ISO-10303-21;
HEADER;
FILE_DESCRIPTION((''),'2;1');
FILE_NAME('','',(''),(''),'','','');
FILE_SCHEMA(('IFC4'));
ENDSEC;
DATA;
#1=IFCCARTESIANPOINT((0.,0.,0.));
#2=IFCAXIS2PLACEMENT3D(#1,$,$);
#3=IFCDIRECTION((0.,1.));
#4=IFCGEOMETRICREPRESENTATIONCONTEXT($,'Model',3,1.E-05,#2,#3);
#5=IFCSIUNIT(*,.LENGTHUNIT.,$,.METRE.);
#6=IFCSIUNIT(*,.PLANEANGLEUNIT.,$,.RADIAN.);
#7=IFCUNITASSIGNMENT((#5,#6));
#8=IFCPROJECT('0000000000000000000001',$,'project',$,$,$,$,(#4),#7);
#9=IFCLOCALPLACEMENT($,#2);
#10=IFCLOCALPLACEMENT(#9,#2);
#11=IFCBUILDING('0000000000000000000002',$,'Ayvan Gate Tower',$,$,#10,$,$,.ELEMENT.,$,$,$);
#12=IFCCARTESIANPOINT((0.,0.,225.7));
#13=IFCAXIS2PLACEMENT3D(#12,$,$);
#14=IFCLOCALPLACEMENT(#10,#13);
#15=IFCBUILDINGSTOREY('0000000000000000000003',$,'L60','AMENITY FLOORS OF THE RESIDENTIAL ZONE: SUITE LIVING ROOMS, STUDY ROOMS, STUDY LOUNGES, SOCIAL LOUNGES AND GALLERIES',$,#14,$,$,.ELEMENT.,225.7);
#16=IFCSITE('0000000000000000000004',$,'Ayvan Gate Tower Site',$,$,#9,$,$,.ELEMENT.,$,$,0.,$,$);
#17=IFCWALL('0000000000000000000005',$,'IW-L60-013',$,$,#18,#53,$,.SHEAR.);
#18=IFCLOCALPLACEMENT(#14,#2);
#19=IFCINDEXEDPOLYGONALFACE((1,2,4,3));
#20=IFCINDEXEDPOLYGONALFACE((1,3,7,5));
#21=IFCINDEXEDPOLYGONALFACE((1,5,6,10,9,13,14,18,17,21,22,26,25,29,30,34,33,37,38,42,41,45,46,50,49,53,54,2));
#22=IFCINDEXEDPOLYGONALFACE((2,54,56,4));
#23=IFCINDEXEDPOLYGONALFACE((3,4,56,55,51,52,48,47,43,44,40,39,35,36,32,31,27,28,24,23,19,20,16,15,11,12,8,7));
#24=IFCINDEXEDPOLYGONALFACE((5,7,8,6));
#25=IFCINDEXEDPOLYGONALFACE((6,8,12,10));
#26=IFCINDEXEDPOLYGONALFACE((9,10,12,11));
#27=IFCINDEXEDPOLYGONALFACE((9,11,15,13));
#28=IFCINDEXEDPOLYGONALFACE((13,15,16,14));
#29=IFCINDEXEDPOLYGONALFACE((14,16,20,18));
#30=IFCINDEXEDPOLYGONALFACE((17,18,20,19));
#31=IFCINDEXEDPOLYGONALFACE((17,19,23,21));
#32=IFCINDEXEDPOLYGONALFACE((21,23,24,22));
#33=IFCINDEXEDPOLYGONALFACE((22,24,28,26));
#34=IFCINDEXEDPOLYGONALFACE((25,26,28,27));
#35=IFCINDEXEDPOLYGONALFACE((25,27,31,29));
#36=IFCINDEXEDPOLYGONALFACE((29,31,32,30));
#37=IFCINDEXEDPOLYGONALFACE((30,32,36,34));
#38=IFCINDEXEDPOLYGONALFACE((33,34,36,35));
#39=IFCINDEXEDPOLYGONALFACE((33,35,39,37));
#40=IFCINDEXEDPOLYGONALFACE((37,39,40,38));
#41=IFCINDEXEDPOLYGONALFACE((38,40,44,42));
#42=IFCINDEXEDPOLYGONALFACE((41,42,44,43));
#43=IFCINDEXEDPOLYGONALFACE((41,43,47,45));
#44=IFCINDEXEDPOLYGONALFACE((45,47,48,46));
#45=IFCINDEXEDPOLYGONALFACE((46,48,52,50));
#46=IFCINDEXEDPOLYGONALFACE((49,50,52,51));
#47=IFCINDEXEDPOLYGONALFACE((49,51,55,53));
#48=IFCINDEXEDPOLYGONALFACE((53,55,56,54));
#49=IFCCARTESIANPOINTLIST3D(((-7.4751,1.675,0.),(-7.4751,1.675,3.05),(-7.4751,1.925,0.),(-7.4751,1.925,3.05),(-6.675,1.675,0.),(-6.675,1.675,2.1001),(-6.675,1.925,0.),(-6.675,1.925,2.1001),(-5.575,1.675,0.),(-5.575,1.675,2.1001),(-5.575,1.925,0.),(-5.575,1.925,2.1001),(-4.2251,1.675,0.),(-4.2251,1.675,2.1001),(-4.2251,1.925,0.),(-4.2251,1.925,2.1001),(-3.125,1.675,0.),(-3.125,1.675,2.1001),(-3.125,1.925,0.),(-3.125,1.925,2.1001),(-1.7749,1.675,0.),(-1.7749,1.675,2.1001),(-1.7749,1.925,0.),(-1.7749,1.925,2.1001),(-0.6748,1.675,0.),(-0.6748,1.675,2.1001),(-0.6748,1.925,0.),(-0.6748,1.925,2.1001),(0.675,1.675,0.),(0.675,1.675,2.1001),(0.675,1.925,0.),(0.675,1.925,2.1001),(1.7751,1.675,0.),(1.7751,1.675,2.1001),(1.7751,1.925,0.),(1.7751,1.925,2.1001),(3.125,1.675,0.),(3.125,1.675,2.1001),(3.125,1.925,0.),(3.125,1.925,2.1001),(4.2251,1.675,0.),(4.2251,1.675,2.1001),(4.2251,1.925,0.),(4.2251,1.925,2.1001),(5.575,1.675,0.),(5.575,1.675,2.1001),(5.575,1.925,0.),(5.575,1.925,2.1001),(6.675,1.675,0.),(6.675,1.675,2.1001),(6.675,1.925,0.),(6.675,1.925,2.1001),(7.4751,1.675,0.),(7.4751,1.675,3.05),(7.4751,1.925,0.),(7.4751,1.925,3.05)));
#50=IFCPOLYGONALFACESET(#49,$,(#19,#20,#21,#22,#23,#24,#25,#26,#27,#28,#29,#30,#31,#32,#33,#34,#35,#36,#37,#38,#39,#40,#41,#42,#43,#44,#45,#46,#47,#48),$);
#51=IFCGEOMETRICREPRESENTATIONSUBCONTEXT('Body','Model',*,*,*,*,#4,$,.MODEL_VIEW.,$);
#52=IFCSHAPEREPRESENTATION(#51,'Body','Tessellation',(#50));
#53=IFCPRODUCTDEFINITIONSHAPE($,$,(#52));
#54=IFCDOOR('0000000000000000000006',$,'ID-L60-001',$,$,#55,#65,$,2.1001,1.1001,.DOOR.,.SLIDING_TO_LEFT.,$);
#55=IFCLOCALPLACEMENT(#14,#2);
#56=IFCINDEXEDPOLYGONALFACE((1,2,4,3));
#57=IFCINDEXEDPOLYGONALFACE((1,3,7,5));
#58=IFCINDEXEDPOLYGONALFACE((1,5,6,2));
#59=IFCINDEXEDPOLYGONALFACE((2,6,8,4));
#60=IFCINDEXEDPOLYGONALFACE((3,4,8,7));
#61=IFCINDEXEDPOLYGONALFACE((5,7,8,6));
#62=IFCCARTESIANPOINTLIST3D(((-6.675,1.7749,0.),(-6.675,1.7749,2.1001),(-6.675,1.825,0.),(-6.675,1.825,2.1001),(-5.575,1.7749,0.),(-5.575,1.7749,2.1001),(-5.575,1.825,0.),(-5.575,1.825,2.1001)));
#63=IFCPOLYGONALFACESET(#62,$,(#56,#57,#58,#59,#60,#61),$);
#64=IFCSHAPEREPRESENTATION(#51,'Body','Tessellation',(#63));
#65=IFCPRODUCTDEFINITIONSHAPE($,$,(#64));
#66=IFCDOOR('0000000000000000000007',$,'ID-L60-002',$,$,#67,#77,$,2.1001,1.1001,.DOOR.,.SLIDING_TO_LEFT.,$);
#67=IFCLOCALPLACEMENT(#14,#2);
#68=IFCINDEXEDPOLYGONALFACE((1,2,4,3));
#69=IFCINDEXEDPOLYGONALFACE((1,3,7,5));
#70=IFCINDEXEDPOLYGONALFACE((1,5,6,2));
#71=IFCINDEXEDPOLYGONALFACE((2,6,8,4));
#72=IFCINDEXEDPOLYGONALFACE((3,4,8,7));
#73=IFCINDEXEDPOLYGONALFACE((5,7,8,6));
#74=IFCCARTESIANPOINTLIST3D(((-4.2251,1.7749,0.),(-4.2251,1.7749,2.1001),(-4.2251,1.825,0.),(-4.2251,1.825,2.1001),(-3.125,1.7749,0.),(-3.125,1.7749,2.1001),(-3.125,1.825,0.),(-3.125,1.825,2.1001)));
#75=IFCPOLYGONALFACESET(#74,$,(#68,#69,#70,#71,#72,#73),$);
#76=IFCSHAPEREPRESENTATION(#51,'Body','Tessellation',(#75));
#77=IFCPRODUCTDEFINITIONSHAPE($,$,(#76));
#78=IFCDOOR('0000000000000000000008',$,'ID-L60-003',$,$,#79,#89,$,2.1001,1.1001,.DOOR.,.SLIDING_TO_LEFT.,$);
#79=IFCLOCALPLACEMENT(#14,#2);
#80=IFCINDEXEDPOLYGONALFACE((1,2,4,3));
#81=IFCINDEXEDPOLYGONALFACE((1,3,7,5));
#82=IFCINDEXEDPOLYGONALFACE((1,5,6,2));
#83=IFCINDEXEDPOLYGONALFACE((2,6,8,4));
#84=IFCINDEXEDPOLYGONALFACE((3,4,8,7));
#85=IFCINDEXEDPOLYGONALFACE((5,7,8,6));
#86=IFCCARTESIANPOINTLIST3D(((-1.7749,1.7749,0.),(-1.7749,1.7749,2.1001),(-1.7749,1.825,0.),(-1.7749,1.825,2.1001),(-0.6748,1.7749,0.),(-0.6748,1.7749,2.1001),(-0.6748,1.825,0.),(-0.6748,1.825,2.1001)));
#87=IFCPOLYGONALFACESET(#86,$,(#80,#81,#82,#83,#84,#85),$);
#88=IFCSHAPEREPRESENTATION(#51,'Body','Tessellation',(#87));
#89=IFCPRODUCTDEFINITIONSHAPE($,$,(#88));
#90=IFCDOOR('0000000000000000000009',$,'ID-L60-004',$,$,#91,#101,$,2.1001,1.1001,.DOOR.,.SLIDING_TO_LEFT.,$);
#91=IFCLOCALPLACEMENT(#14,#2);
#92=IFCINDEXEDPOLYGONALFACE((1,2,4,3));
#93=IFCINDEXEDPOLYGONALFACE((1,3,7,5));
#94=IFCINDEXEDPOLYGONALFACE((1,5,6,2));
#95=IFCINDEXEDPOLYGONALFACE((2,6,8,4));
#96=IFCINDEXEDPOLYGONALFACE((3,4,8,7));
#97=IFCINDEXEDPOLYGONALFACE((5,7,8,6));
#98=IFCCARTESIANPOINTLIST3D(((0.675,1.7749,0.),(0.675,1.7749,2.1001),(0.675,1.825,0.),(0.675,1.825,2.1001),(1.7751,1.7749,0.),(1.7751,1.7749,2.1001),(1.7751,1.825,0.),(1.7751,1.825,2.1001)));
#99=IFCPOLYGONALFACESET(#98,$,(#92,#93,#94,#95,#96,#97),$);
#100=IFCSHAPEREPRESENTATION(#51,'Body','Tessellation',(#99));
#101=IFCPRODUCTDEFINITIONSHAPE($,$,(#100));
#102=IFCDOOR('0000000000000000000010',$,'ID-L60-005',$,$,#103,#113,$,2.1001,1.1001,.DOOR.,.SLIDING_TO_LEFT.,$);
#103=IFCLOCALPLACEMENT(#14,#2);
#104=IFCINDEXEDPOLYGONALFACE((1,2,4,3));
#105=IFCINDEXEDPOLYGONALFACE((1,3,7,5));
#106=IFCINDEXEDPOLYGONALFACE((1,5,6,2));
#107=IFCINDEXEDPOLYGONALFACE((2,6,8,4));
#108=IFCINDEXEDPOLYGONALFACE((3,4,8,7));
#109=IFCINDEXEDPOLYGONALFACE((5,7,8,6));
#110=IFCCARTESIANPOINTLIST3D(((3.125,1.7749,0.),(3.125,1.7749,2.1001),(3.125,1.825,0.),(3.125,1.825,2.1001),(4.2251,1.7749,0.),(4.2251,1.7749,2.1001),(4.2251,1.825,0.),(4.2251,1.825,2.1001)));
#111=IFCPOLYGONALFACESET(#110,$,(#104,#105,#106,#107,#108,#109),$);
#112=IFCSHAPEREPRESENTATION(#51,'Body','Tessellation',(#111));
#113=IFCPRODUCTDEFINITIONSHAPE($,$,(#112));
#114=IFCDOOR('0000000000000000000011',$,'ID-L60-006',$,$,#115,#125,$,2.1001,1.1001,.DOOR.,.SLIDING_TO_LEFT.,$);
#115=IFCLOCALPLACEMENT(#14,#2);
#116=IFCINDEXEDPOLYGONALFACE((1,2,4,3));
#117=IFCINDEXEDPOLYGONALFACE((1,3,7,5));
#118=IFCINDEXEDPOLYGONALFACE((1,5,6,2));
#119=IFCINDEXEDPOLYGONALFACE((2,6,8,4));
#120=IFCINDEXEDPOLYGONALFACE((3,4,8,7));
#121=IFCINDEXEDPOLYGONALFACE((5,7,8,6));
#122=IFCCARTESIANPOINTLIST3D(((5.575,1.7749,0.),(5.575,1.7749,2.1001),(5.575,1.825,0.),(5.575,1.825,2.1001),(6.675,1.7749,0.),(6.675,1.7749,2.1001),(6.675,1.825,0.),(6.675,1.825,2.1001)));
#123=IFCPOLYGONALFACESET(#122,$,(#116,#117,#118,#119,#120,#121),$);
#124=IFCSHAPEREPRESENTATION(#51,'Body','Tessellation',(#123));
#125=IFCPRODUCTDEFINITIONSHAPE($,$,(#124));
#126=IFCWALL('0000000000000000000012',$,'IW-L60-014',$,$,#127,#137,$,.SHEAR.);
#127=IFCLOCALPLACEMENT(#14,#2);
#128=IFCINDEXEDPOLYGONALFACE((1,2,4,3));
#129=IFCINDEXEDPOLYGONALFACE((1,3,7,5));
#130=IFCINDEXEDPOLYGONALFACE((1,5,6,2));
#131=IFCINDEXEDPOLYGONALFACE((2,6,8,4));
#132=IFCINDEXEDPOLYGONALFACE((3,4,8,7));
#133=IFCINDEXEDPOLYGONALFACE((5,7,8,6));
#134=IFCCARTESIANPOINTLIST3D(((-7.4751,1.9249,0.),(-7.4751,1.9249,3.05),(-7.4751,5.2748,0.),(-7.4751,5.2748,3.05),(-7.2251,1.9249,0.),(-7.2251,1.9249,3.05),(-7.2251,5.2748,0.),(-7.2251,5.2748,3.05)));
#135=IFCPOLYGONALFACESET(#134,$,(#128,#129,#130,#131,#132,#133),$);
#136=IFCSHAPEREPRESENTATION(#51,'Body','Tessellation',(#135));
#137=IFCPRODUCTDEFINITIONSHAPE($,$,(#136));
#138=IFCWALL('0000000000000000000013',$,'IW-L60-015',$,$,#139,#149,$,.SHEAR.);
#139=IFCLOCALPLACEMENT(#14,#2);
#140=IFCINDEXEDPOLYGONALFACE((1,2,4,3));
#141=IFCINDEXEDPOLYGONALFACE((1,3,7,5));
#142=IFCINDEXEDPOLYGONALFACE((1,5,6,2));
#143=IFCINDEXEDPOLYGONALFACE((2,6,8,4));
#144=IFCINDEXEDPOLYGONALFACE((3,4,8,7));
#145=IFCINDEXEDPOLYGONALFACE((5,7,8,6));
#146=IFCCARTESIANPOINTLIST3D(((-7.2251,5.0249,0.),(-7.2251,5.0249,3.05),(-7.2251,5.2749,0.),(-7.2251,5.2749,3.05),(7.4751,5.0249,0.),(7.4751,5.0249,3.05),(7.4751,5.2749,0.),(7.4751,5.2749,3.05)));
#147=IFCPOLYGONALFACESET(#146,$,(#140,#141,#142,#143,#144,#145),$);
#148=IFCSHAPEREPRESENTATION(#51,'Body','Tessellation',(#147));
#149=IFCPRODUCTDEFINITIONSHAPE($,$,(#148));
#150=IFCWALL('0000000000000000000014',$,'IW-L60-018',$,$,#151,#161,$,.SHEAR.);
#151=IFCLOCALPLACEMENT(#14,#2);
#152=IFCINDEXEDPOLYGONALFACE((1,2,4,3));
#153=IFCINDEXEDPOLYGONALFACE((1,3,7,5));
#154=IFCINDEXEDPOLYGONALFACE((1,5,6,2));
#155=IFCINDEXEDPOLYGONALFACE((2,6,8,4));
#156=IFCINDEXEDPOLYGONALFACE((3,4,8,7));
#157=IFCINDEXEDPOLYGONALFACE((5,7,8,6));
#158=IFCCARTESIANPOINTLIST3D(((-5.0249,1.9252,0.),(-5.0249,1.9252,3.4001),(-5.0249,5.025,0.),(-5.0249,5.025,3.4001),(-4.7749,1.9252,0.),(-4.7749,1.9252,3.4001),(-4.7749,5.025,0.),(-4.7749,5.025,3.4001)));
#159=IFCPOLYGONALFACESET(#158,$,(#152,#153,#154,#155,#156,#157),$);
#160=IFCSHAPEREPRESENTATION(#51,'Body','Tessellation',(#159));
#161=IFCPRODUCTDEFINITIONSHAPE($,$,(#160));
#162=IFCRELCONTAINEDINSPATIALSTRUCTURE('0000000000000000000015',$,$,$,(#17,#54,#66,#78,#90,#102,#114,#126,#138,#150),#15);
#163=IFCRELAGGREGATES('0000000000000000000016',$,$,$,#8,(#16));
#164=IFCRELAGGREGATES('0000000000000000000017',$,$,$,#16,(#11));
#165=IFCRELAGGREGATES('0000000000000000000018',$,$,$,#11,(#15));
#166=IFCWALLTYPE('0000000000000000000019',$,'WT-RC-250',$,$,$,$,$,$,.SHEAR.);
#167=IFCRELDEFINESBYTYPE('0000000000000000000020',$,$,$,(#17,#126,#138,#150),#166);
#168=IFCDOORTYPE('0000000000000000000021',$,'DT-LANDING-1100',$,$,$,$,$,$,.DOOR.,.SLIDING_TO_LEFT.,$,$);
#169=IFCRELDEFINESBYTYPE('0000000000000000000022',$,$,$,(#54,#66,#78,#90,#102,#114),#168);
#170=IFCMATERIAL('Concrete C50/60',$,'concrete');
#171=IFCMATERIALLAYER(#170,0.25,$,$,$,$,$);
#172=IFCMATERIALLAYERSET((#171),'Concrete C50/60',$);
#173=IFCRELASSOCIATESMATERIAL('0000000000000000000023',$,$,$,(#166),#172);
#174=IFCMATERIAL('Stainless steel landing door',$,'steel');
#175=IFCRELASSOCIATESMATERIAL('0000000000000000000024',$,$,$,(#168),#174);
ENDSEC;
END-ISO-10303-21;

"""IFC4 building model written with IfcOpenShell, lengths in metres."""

from ifc_helpers import new_model, si_unit, direction, frame, frame_2d, origin, place, context, subcontext, project, spatial, rectangle, extrude, material, layer, layer_set, type_object, element, fill, save


model = new_model("IFC4")

# Units and contexts
model_context = context("Model", 3, precision=1e-05, world=origin(), true_north=direction((0.0, 1.0)))
body_context = subcontext(model_context, "Body", "Model", "MODEL_VIEW")
ifc_project = project(units=[si_unit("LENGTHUNIT", "METRE"), si_unit("PLANEANGLEUNIT", "RADIAN")], contexts=[model_context])

# Site, building, storey
site_placement = place(None, origin())
site = spatial("IfcSite", under=ifc_project, at=site_placement, Name="Ayvan Gate Tower Site", CompositionType="ELEMENT", RefElevation=0.0)
building_placement = place(site_placement, origin())
building = spatial("IfcBuilding", under=site, at=building_placement, Name="Ayvan Gate Tower", CompositionType="ELEMENT")
storey_placement = place(building_placement, frame((0.0, 0.0, 225.7)))
storey = spatial("IfcBuildingStorey", under=building, at=storey_placement, Name="L60", Description="AMENITY FLOORS OF THE RESIDENTIAL ZONE: SUITE LIVING ROOMS, STUDY ROOMS, STUDY LOUNGES, SOCIAL LOUNGES AND GALLERIES", CompositionType="ELEMENT", Elevation=225.7)

# Wall, openings, doors
ifc_material_1 = material(Name="Concrete C50/60", Category="concrete")
ifc_layer_1 = layer(ifc_material_1, 0.25)
ifc_layer_set_1 = layer_set([ifc_layer_1], Name="Concrete C50/60")
wall_type_1 = type_object("IfcWallType", Name="WT-RC-250", PredefinedType="SHEAR", material=ifc_layer_set_1)
wall_1_placement = place(storey_placement, frame((-7.4751, 1.8, 0.0), z_axis=(0.0, 0.0, 1.0), x_axis=(1.0, 0.0, 0.0)))
wall_1 = element("IfcWall", 1, at=wall_1_placement, inside=storey, type_object=wall_type_1, Name="IW-L60-013", PredefinedType="SHEAR", context=body_context, shape_type="SweptSolid", body=[
    extrude(rectangle(XDim=14.9502, YDim=0.25, at=frame_2d((7.4751, 0.0))), origin(), (0.0, 0.0, 1.0), 3.05),
])
opening_1_placement = place(wall_1_placement, frame((0.8, 0.0, 0.0)))
opening_1 = element("IfcOpeningElement", 2, at=opening_1_placement, cuts=wall_1, PredefinedType="OPENING", context=body_context, shape_type="SweptSolid", body=[
    extrude(rectangle(XDim=1.1001, YDim=2.1001, at=frame_2d((0.55, 1.05))), frame((0.0, 0.135, 0.0), z_axis=(0.0, -1.0, 0.0), x_axis=(1.0, 0.0, 0.0)), (0.0, 0.0, 1.0), 0.27),
])
opening_2_placement = place(wall_1_placement, frame((3.25, 0.0, 0.0)))
opening_2 = element("IfcOpeningElement", 3, at=opening_2_placement, cuts=wall_1, PredefinedType="OPENING", context=body_context, shape_type="SweptSolid", body=[
    extrude(rectangle(XDim=1.1001, YDim=2.1001, at=frame_2d((0.55, 1.05))), frame((0.0, 0.135, 0.0), z_axis=(0.0, -1.0, 0.0), x_axis=(1.0, 0.0, 0.0)), (0.0, 0.0, 1.0), 0.27),
])
opening_3_placement = place(wall_1_placement, frame((5.7002, 0.0, 0.0)))
opening_3 = element("IfcOpeningElement", 4, at=opening_3_placement, cuts=wall_1, PredefinedType="OPENING", context=body_context, shape_type="SweptSolid", body=[
    extrude(rectangle(XDim=1.1001, YDim=2.1001, at=frame_2d((0.55, 1.05))), frame((0.0, 0.135, 0.0), z_axis=(0.0, -1.0, 0.0), x_axis=(1.0, 0.0, 0.0)), (0.0, 0.0, 1.0), 0.27),
])
opening_4_placement = place(wall_1_placement, frame((8.1501, 0.0, 0.0)))
opening_4 = element("IfcOpeningElement", 5, at=opening_4_placement, cuts=wall_1, PredefinedType="OPENING", context=body_context, shape_type="SweptSolid", body=[
    extrude(rectangle(XDim=1.1001, YDim=2.1001, at=frame_2d((0.55, 1.05))), frame((0.0, 0.135, 0.0), z_axis=(0.0, -1.0, 0.0), x_axis=(1.0, 0.0, 0.0)), (0.0, 0.0, 1.0), 0.27),
])
opening_5_placement = place(wall_1_placement, frame((10.6001, 0.0, 0.0)))
opening_5 = element("IfcOpeningElement", 6, at=opening_5_placement, cuts=wall_1, PredefinedType="OPENING", context=body_context, shape_type="SweptSolid", body=[
    extrude(rectangle(XDim=1.1001, YDim=2.1001, at=frame_2d((0.55, 1.05))), frame((0.0, 0.135, 0.0), z_axis=(0.0, -1.0, 0.0), x_axis=(1.0, 0.0, 0.0)), (0.0, 0.0, 1.0), 0.27),
])
opening_6_placement = place(wall_1_placement, frame((13.05, 0.0, 0.0)))
opening_6 = element("IfcOpeningElement", 7, at=opening_6_placement, cuts=wall_1, PredefinedType="OPENING", context=body_context, shape_type="SweptSolid", body=[
    extrude(rectangle(XDim=1.1001, YDim=2.1001, at=frame_2d((0.55, 1.05))), frame((0.0, 0.135, 0.0), z_axis=(0.0, -1.0, 0.0), x_axis=(1.0, 0.0, 0.0)), (0.0, 0.0, 1.0), 0.27),
])
ifc_material_2 = material(Name="Stainless steel landing door", Category="steel")
door_type_1 = type_object("IfcDoorType", Name="DT-LANDING-1100", OperationType="SLIDING_TO_LEFT", PredefinedType="DOOR", material=ifc_material_2)
door_1_placement = place(opening_1_placement, origin())
door_1 = element("IfcDoor", 8, at=door_1_placement, inside=storey, type_object=door_type_1, Name="ID-L60-001", OperationType="SLIDING_TO_LEFT", OverallHeight=2.1001, OverallWidth=1.1001, PredefinedType="DOOR", context=body_context, shape_type="SweptSolid", body=[
    extrude(rectangle(XDim=1.1001, YDim=2.1001, at=frame_2d((0.55, 1.05))), frame((0.0, 0.0249, 0.0), z_axis=(0.0, -1.0, 0.0), x_axis=(1.0, 0.0, 0.0)), (0.0, 0.0, 1.0), 0.05),
])
fill(opening_1, door_1)
door_2_placement = place(opening_2_placement, origin())
door_2 = element("IfcDoor", 9, at=door_2_placement, inside=storey, type_object=door_type_1, Name="ID-L60-002", OperationType="SLIDING_TO_LEFT", OverallHeight=2.1001, OverallWidth=1.1001, PredefinedType="DOOR", context=body_context, shape_type="SweptSolid", body=[
    extrude(rectangle(XDim=1.1001, YDim=2.1001, at=frame_2d((0.55, 1.05))), frame((0.0, 0.0249, 0.0), z_axis=(0.0, -1.0, 0.0), x_axis=(1.0, 0.0, 0.0)), (0.0, 0.0, 1.0), 0.05),
])
fill(opening_2, door_2)
door_3_placement = place(opening_3_placement, origin())
door_3 = element("IfcDoor", 10, at=door_3_placement, inside=storey, type_object=door_type_1, Name="ID-L60-003", OperationType="SLIDING_TO_LEFT", OverallHeight=2.1001, OverallWidth=1.1001, PredefinedType="DOOR", context=body_context, shape_type="SweptSolid", body=[
    extrude(rectangle(XDim=1.1001, YDim=2.1001, at=frame_2d((0.55, 1.05))), frame((0.0, 0.0249, 0.0), z_axis=(0.0, -1.0, 0.0), x_axis=(1.0, 0.0, 0.0)), (0.0, 0.0, 1.0), 0.05),
])
fill(opening_3, door_3)
door_4_placement = place(opening_4_placement, origin())
door_4 = element("IfcDoor", 11, at=door_4_placement, inside=storey, type_object=door_type_1, Name="ID-L60-004", OperationType="SLIDING_TO_LEFT", OverallHeight=2.1001, OverallWidth=1.1001, PredefinedType="DOOR", context=body_context, shape_type="SweptSolid", body=[
    extrude(rectangle(XDim=1.1001, YDim=2.1001, at=frame_2d((0.55, 1.05))), frame((0.0, 0.0249, 0.0), z_axis=(0.0, -1.0, 0.0), x_axis=(1.0, 0.0, 0.0)), (0.0, 0.0, 1.0), 0.05),
])
fill(opening_4, door_4)
door_5_placement = place(opening_5_placement, origin())
door_5 = element("IfcDoor", 12, at=door_5_placement, inside=storey, type_object=door_type_1, Name="ID-L60-005", OperationType="SLIDING_TO_LEFT", OverallHeight=2.1001, OverallWidth=1.1001, PredefinedType="DOOR", context=body_context, shape_type="SweptSolid", body=[
    extrude(rectangle(XDim=1.1001, YDim=2.1001, at=frame_2d((0.55, 1.05))), frame((0.0, 0.0249, 0.0), z_axis=(0.0, -1.0, 0.0), x_axis=(1.0, 0.0, 0.0)), (0.0, 0.0, 1.0), 0.05),
])
fill(opening_5, door_5)
door_6_placement = place(opening_6_placement, origin())
door_6 = element("IfcDoor", 13, at=door_6_placement, inside=storey, type_object=door_type_1, Name="ID-L60-006", OperationType="SLIDING_TO_LEFT", OverallHeight=2.1001, OverallWidth=1.1001, PredefinedType="DOOR", context=body_context, shape_type="SweptSolid", body=[
    extrude(rectangle(XDim=1.1001, YDim=2.1001, at=frame_2d((0.55, 1.05))), frame((0.0, 0.0249, 0.0), z_axis=(0.0, -1.0, 0.0), x_axis=(1.0, 0.0, 0.0)), (0.0, 0.0, 1.0), 0.05),
])
fill(opening_6, door_6)

# Walls
wall_2_placement = place(storey_placement, frame((-7.3501, 1.925, 0.0), z_axis=(0.0, 0.0, 1.0), x_axis=(0.0, 1.0, 0.0)))
element("IfcWall", 14, at=wall_2_placement, inside=storey, type_object=wall_type_1, Name="IW-L60-014", PredefinedType="SHEAR", context=body_context, shape_type="SweptSolid", body=[
    extrude(rectangle(XDim=3.3499, YDim=0.25, at=frame_2d((1.6748, 0.0))), origin(), (0.0, 0.0, 1.0), 3.05),
])
wall_3_placement = place(storey_placement, frame((-7.2251, 5.1499, 0.0), z_axis=(0.0, 0.0, 1.0), x_axis=(1.0, 0.0, 0.0)))
element("IfcWall", 15, at=wall_3_placement, inside=storey, type_object=wall_type_1, Name="IW-L60-015", PredefinedType="SHEAR", context=body_context, shape_type="SweptSolid", body=[
    extrude(rectangle(XDim=14.7002, YDim=0.25, at=frame_2d((7.3501, 0.0))), origin(), (0.0, 0.0, 1.0), 3.05),
])
wall_4_placement = place(storey_placement, frame((-4.8999, 5.0249, 0.0), z_axis=(0.0, 0.0, 1.0), x_axis=(0.0, -1.0, 0.0)))
element("IfcWall", 16, at=wall_4_placement, inside=storey, type_object=wall_type_1, Name="IW-L60-018", PredefinedType="SHEAR", context=body_context, shape_type="SweptSolid", body=[
    extrude(rectangle(XDim=3.0999, YDim=0.25, at=frame_2d((1.5498, 0.0))), origin(), (0.0, 0.0, 1.0), 3.4001),
])

save(model, "model.ifc")
